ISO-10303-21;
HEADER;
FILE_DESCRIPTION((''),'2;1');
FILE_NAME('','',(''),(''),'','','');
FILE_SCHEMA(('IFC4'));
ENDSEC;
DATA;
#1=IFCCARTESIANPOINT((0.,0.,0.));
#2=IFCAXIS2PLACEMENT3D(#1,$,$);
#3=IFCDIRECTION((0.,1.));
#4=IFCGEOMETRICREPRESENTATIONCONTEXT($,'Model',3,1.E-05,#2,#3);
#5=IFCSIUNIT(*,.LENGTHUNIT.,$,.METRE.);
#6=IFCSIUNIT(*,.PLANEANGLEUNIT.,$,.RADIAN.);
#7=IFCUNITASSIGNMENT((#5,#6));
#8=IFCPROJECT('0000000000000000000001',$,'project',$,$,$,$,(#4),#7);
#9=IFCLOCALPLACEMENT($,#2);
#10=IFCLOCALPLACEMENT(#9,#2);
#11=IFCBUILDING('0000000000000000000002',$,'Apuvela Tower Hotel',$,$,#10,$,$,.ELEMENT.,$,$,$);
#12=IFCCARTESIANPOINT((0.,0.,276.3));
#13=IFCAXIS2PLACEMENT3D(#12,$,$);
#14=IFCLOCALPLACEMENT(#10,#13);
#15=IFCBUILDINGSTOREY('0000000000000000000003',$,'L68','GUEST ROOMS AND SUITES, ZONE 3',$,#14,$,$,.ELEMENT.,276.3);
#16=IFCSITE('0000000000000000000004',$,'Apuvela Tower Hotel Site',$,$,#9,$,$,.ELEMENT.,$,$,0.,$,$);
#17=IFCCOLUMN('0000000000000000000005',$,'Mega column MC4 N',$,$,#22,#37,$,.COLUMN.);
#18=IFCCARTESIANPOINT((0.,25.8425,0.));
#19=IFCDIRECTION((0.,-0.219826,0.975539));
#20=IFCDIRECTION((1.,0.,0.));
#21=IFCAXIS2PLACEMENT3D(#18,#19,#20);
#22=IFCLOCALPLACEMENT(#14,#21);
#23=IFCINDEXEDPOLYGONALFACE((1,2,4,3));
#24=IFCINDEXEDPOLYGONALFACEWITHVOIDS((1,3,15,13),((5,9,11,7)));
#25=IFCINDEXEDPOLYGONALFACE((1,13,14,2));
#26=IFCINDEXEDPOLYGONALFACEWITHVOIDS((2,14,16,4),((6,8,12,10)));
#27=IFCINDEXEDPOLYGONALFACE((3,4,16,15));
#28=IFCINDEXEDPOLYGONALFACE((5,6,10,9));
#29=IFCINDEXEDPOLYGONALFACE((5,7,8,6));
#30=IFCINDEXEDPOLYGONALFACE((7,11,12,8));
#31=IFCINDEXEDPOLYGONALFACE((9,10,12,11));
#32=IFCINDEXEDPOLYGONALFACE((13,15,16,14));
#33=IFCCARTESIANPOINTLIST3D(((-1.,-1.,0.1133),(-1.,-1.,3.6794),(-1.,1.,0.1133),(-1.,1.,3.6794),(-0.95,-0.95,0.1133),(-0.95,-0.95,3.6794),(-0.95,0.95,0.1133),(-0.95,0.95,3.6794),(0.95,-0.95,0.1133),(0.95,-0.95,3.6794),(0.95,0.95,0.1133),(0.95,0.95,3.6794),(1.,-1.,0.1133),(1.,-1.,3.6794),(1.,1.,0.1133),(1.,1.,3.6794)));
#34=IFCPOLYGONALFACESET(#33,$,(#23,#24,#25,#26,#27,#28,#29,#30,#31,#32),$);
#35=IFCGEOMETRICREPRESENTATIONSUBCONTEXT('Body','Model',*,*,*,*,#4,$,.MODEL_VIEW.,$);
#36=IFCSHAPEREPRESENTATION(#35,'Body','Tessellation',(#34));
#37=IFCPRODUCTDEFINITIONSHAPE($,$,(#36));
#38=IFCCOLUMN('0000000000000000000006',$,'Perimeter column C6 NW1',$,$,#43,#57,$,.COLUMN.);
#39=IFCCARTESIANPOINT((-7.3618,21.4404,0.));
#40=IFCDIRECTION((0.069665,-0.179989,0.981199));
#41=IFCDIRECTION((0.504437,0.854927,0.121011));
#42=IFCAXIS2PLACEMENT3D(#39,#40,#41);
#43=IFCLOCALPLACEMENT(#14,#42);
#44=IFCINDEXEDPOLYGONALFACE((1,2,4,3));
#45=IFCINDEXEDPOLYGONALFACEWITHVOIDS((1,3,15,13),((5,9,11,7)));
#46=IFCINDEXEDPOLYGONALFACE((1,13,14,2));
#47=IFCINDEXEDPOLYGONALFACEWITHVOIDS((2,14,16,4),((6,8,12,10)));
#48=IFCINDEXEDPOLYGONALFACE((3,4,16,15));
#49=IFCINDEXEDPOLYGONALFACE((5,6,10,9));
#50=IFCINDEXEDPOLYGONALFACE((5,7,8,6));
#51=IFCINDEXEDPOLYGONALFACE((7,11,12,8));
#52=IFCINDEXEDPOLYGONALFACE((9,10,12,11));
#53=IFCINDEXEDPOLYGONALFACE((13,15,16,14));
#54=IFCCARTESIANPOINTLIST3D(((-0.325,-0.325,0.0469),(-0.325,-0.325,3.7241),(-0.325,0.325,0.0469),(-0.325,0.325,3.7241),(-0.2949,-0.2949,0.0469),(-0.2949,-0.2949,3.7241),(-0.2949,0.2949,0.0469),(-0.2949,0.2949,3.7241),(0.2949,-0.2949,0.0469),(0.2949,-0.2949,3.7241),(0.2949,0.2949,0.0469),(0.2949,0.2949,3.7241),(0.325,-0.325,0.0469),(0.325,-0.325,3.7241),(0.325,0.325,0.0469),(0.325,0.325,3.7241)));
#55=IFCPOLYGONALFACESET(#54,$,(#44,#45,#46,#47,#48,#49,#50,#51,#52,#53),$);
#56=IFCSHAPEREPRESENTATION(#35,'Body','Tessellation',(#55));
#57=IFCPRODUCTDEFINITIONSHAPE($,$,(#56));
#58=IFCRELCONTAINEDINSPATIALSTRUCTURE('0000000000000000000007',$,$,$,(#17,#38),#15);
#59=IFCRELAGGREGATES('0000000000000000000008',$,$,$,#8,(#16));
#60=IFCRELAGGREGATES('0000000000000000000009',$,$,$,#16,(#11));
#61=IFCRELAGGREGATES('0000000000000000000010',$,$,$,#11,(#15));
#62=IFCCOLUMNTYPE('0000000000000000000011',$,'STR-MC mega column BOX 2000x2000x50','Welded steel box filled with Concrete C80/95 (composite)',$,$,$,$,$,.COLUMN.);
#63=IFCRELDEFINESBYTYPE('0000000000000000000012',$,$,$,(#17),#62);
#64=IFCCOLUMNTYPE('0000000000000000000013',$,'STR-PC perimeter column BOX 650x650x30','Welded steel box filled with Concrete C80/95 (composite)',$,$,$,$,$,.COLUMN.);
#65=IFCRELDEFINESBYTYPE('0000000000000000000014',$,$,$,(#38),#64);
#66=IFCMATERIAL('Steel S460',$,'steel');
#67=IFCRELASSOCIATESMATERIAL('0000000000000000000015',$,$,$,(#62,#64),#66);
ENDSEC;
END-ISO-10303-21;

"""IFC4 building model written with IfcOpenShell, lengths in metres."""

from ifc_helpers import new_model, si_unit, direction, frame, origin, origin_2d, place, context, subcontext, project, spatial, rectangle, hollow_rectangle, extrude, boolean, halfspace, material, material_profile, profile_set, type_object, element, save


model = new_model("IFC4")

# Units and contexts
model_context = context("Model", 3, precision=1e-05, world=origin(), true_north=direction((0.0, 1.0)))
body_context = subcontext(model_context, "Body", "Model", "MODEL_VIEW")
ifc_project = project(units=[si_unit("LENGTHUNIT", "METRE"), si_unit("PLANEANGLEUNIT", "RADIAN")], contexts=[model_context])

# Site, building, storey
site_placement = place(None, origin())
site = spatial("IfcSite", under=ifc_project, at=site_placement, Name="Apuvela Tower Hotel Site", CompositionType="ELEMENT", RefElevation=0.0)
building_placement = place(site_placement, origin())
building = spatial("IfcBuilding", under=site, at=building_placement, Name="Apuvela Tower Hotel", CompositionType="ELEMENT")
storey_placement = place(building_placement, frame((0.0, 0.0, 276.3)))
storey = spatial("IfcBuildingStorey", under=building, at=storey_placement, Name="L68", Description="GUEST ROOMS AND SUITES, ZONE 3", CompositionType="ELEMENT", Elevation=276.3)

# Columns
ifc_material_1 = material(Name="Steel S460", Category="steel")
ifc_material_profile_1 = material_profile(ifc_material_1, hollow_rectangle(XDim=2.0, YDim=2.0, WallThickness=0.05, at=origin_2d()), Name="BOX 2000x2000x50")
ifc_material_2 = material(Name="Concrete C80/95", Category="concrete")
ifc_material_profile_2 = material_profile(ifc_material_2, rectangle(XDim=1.8999, YDim=1.8999, at=origin_2d()), Name="Concrete C80/95 infill")
ifc_profile_set_1 = profile_set([ifc_material_profile_1, ifc_material_profile_2], Name="Steel S460")
column_type_1 = type_object("IfcColumnType", Name="STR-MC mega column BOX 2000x2000x50", Description="Welded steel box filled with Concrete C80/95 (composite)", PredefinedType="COLUMN", material=ifc_profile_set_1)
column_1_placement = place(storey_placement, frame((0.0, 25.8425, 0.0), z_axis=(0.0, -0.219826, 0.975539), x_axis=(1.0, 0.0, 0.0)))
element("IfcColumn", 1, at=column_1_placement, inside=storey, type_object=column_type_1, Name="Mega column MC4 N", PredefinedType="COLUMN", context=body_context, shape_type="SweptSolid", body=[
    boolean("DIFFERENCE", boolean("DIFFERENCE", extrude(hollow_rectangle(XDim=2.0, YDim=2.0, WallThickness=0.05, at=origin_2d()), origin(), (0.0, 0.0, 1.0), 3.7927), halfspace(frame((0.0, 0.0, 0.1133), z_axis=(0.0, 0.0, 1.0), x_axis=(1.0, 0.0, 0.0)), True)), halfspace(frame((0.0, 0.0, 3.6794), z_axis=(0.0, 0.0, 1.0), x_axis=(1.0, 0.0, 0.0)), False)),
])
ifc_material_profile_3 = material_profile(ifc_material_1, hollow_rectangle(XDim=0.6499, YDim=0.6499, WallThickness=0.03, at=origin_2d()), Name="BOX 650x650x30")
ifc_material_profile_4 = material_profile(ifc_material_2, rectangle(XDim=0.5901, YDim=0.5901, at=origin_2d()), Name="Concrete C80/95 infill")
ifc_profile_set_2 = profile_set([ifc_material_profile_3, ifc_material_profile_4], Name="Steel S460")
column_type_2 = type_object("IfcColumnType", Name="STR-PC perimeter column BOX 650x650x30", Description="Welded steel box filled with Concrete C80/95 (composite)", PredefinedType="COLUMN", material=ifc_profile_set_2)
column_2_placement = place(storey_placement, frame((-7.3618, 21.4404, 0.0), z_axis=(0.069665, -0.179989, 0.981199), x_axis=(0.504437, 0.854927, 0.121011)))
element("IfcColumn", 2, at=column_2_placement, inside=storey, type_object=column_type_2, Name="Perimeter column C6 NW1", PredefinedType="COLUMN", context=body_context, shape_type="SweptSolid", body=[
    boolean("DIFFERENCE", boolean("DIFFERENCE", extrude(hollow_rectangle(XDim=0.6499, YDim=0.6499, WallThickness=0.03, at=origin_2d()), origin(), (0.0, 0.0, 1.0), 3.7708), halfspace(frame((0.0, 0.0, 0.0469), z_axis=(0.0, 0.0, 1.0), x_axis=(1.0, 0.0, 0.0)), True)), halfspace(frame((0.0, 0.0, 3.7241), z_axis=(0.0, 0.0, 1.0), x_axis=(1.0, 0.0, 0.0)), False)),
])

save(model, "model.ifc")
